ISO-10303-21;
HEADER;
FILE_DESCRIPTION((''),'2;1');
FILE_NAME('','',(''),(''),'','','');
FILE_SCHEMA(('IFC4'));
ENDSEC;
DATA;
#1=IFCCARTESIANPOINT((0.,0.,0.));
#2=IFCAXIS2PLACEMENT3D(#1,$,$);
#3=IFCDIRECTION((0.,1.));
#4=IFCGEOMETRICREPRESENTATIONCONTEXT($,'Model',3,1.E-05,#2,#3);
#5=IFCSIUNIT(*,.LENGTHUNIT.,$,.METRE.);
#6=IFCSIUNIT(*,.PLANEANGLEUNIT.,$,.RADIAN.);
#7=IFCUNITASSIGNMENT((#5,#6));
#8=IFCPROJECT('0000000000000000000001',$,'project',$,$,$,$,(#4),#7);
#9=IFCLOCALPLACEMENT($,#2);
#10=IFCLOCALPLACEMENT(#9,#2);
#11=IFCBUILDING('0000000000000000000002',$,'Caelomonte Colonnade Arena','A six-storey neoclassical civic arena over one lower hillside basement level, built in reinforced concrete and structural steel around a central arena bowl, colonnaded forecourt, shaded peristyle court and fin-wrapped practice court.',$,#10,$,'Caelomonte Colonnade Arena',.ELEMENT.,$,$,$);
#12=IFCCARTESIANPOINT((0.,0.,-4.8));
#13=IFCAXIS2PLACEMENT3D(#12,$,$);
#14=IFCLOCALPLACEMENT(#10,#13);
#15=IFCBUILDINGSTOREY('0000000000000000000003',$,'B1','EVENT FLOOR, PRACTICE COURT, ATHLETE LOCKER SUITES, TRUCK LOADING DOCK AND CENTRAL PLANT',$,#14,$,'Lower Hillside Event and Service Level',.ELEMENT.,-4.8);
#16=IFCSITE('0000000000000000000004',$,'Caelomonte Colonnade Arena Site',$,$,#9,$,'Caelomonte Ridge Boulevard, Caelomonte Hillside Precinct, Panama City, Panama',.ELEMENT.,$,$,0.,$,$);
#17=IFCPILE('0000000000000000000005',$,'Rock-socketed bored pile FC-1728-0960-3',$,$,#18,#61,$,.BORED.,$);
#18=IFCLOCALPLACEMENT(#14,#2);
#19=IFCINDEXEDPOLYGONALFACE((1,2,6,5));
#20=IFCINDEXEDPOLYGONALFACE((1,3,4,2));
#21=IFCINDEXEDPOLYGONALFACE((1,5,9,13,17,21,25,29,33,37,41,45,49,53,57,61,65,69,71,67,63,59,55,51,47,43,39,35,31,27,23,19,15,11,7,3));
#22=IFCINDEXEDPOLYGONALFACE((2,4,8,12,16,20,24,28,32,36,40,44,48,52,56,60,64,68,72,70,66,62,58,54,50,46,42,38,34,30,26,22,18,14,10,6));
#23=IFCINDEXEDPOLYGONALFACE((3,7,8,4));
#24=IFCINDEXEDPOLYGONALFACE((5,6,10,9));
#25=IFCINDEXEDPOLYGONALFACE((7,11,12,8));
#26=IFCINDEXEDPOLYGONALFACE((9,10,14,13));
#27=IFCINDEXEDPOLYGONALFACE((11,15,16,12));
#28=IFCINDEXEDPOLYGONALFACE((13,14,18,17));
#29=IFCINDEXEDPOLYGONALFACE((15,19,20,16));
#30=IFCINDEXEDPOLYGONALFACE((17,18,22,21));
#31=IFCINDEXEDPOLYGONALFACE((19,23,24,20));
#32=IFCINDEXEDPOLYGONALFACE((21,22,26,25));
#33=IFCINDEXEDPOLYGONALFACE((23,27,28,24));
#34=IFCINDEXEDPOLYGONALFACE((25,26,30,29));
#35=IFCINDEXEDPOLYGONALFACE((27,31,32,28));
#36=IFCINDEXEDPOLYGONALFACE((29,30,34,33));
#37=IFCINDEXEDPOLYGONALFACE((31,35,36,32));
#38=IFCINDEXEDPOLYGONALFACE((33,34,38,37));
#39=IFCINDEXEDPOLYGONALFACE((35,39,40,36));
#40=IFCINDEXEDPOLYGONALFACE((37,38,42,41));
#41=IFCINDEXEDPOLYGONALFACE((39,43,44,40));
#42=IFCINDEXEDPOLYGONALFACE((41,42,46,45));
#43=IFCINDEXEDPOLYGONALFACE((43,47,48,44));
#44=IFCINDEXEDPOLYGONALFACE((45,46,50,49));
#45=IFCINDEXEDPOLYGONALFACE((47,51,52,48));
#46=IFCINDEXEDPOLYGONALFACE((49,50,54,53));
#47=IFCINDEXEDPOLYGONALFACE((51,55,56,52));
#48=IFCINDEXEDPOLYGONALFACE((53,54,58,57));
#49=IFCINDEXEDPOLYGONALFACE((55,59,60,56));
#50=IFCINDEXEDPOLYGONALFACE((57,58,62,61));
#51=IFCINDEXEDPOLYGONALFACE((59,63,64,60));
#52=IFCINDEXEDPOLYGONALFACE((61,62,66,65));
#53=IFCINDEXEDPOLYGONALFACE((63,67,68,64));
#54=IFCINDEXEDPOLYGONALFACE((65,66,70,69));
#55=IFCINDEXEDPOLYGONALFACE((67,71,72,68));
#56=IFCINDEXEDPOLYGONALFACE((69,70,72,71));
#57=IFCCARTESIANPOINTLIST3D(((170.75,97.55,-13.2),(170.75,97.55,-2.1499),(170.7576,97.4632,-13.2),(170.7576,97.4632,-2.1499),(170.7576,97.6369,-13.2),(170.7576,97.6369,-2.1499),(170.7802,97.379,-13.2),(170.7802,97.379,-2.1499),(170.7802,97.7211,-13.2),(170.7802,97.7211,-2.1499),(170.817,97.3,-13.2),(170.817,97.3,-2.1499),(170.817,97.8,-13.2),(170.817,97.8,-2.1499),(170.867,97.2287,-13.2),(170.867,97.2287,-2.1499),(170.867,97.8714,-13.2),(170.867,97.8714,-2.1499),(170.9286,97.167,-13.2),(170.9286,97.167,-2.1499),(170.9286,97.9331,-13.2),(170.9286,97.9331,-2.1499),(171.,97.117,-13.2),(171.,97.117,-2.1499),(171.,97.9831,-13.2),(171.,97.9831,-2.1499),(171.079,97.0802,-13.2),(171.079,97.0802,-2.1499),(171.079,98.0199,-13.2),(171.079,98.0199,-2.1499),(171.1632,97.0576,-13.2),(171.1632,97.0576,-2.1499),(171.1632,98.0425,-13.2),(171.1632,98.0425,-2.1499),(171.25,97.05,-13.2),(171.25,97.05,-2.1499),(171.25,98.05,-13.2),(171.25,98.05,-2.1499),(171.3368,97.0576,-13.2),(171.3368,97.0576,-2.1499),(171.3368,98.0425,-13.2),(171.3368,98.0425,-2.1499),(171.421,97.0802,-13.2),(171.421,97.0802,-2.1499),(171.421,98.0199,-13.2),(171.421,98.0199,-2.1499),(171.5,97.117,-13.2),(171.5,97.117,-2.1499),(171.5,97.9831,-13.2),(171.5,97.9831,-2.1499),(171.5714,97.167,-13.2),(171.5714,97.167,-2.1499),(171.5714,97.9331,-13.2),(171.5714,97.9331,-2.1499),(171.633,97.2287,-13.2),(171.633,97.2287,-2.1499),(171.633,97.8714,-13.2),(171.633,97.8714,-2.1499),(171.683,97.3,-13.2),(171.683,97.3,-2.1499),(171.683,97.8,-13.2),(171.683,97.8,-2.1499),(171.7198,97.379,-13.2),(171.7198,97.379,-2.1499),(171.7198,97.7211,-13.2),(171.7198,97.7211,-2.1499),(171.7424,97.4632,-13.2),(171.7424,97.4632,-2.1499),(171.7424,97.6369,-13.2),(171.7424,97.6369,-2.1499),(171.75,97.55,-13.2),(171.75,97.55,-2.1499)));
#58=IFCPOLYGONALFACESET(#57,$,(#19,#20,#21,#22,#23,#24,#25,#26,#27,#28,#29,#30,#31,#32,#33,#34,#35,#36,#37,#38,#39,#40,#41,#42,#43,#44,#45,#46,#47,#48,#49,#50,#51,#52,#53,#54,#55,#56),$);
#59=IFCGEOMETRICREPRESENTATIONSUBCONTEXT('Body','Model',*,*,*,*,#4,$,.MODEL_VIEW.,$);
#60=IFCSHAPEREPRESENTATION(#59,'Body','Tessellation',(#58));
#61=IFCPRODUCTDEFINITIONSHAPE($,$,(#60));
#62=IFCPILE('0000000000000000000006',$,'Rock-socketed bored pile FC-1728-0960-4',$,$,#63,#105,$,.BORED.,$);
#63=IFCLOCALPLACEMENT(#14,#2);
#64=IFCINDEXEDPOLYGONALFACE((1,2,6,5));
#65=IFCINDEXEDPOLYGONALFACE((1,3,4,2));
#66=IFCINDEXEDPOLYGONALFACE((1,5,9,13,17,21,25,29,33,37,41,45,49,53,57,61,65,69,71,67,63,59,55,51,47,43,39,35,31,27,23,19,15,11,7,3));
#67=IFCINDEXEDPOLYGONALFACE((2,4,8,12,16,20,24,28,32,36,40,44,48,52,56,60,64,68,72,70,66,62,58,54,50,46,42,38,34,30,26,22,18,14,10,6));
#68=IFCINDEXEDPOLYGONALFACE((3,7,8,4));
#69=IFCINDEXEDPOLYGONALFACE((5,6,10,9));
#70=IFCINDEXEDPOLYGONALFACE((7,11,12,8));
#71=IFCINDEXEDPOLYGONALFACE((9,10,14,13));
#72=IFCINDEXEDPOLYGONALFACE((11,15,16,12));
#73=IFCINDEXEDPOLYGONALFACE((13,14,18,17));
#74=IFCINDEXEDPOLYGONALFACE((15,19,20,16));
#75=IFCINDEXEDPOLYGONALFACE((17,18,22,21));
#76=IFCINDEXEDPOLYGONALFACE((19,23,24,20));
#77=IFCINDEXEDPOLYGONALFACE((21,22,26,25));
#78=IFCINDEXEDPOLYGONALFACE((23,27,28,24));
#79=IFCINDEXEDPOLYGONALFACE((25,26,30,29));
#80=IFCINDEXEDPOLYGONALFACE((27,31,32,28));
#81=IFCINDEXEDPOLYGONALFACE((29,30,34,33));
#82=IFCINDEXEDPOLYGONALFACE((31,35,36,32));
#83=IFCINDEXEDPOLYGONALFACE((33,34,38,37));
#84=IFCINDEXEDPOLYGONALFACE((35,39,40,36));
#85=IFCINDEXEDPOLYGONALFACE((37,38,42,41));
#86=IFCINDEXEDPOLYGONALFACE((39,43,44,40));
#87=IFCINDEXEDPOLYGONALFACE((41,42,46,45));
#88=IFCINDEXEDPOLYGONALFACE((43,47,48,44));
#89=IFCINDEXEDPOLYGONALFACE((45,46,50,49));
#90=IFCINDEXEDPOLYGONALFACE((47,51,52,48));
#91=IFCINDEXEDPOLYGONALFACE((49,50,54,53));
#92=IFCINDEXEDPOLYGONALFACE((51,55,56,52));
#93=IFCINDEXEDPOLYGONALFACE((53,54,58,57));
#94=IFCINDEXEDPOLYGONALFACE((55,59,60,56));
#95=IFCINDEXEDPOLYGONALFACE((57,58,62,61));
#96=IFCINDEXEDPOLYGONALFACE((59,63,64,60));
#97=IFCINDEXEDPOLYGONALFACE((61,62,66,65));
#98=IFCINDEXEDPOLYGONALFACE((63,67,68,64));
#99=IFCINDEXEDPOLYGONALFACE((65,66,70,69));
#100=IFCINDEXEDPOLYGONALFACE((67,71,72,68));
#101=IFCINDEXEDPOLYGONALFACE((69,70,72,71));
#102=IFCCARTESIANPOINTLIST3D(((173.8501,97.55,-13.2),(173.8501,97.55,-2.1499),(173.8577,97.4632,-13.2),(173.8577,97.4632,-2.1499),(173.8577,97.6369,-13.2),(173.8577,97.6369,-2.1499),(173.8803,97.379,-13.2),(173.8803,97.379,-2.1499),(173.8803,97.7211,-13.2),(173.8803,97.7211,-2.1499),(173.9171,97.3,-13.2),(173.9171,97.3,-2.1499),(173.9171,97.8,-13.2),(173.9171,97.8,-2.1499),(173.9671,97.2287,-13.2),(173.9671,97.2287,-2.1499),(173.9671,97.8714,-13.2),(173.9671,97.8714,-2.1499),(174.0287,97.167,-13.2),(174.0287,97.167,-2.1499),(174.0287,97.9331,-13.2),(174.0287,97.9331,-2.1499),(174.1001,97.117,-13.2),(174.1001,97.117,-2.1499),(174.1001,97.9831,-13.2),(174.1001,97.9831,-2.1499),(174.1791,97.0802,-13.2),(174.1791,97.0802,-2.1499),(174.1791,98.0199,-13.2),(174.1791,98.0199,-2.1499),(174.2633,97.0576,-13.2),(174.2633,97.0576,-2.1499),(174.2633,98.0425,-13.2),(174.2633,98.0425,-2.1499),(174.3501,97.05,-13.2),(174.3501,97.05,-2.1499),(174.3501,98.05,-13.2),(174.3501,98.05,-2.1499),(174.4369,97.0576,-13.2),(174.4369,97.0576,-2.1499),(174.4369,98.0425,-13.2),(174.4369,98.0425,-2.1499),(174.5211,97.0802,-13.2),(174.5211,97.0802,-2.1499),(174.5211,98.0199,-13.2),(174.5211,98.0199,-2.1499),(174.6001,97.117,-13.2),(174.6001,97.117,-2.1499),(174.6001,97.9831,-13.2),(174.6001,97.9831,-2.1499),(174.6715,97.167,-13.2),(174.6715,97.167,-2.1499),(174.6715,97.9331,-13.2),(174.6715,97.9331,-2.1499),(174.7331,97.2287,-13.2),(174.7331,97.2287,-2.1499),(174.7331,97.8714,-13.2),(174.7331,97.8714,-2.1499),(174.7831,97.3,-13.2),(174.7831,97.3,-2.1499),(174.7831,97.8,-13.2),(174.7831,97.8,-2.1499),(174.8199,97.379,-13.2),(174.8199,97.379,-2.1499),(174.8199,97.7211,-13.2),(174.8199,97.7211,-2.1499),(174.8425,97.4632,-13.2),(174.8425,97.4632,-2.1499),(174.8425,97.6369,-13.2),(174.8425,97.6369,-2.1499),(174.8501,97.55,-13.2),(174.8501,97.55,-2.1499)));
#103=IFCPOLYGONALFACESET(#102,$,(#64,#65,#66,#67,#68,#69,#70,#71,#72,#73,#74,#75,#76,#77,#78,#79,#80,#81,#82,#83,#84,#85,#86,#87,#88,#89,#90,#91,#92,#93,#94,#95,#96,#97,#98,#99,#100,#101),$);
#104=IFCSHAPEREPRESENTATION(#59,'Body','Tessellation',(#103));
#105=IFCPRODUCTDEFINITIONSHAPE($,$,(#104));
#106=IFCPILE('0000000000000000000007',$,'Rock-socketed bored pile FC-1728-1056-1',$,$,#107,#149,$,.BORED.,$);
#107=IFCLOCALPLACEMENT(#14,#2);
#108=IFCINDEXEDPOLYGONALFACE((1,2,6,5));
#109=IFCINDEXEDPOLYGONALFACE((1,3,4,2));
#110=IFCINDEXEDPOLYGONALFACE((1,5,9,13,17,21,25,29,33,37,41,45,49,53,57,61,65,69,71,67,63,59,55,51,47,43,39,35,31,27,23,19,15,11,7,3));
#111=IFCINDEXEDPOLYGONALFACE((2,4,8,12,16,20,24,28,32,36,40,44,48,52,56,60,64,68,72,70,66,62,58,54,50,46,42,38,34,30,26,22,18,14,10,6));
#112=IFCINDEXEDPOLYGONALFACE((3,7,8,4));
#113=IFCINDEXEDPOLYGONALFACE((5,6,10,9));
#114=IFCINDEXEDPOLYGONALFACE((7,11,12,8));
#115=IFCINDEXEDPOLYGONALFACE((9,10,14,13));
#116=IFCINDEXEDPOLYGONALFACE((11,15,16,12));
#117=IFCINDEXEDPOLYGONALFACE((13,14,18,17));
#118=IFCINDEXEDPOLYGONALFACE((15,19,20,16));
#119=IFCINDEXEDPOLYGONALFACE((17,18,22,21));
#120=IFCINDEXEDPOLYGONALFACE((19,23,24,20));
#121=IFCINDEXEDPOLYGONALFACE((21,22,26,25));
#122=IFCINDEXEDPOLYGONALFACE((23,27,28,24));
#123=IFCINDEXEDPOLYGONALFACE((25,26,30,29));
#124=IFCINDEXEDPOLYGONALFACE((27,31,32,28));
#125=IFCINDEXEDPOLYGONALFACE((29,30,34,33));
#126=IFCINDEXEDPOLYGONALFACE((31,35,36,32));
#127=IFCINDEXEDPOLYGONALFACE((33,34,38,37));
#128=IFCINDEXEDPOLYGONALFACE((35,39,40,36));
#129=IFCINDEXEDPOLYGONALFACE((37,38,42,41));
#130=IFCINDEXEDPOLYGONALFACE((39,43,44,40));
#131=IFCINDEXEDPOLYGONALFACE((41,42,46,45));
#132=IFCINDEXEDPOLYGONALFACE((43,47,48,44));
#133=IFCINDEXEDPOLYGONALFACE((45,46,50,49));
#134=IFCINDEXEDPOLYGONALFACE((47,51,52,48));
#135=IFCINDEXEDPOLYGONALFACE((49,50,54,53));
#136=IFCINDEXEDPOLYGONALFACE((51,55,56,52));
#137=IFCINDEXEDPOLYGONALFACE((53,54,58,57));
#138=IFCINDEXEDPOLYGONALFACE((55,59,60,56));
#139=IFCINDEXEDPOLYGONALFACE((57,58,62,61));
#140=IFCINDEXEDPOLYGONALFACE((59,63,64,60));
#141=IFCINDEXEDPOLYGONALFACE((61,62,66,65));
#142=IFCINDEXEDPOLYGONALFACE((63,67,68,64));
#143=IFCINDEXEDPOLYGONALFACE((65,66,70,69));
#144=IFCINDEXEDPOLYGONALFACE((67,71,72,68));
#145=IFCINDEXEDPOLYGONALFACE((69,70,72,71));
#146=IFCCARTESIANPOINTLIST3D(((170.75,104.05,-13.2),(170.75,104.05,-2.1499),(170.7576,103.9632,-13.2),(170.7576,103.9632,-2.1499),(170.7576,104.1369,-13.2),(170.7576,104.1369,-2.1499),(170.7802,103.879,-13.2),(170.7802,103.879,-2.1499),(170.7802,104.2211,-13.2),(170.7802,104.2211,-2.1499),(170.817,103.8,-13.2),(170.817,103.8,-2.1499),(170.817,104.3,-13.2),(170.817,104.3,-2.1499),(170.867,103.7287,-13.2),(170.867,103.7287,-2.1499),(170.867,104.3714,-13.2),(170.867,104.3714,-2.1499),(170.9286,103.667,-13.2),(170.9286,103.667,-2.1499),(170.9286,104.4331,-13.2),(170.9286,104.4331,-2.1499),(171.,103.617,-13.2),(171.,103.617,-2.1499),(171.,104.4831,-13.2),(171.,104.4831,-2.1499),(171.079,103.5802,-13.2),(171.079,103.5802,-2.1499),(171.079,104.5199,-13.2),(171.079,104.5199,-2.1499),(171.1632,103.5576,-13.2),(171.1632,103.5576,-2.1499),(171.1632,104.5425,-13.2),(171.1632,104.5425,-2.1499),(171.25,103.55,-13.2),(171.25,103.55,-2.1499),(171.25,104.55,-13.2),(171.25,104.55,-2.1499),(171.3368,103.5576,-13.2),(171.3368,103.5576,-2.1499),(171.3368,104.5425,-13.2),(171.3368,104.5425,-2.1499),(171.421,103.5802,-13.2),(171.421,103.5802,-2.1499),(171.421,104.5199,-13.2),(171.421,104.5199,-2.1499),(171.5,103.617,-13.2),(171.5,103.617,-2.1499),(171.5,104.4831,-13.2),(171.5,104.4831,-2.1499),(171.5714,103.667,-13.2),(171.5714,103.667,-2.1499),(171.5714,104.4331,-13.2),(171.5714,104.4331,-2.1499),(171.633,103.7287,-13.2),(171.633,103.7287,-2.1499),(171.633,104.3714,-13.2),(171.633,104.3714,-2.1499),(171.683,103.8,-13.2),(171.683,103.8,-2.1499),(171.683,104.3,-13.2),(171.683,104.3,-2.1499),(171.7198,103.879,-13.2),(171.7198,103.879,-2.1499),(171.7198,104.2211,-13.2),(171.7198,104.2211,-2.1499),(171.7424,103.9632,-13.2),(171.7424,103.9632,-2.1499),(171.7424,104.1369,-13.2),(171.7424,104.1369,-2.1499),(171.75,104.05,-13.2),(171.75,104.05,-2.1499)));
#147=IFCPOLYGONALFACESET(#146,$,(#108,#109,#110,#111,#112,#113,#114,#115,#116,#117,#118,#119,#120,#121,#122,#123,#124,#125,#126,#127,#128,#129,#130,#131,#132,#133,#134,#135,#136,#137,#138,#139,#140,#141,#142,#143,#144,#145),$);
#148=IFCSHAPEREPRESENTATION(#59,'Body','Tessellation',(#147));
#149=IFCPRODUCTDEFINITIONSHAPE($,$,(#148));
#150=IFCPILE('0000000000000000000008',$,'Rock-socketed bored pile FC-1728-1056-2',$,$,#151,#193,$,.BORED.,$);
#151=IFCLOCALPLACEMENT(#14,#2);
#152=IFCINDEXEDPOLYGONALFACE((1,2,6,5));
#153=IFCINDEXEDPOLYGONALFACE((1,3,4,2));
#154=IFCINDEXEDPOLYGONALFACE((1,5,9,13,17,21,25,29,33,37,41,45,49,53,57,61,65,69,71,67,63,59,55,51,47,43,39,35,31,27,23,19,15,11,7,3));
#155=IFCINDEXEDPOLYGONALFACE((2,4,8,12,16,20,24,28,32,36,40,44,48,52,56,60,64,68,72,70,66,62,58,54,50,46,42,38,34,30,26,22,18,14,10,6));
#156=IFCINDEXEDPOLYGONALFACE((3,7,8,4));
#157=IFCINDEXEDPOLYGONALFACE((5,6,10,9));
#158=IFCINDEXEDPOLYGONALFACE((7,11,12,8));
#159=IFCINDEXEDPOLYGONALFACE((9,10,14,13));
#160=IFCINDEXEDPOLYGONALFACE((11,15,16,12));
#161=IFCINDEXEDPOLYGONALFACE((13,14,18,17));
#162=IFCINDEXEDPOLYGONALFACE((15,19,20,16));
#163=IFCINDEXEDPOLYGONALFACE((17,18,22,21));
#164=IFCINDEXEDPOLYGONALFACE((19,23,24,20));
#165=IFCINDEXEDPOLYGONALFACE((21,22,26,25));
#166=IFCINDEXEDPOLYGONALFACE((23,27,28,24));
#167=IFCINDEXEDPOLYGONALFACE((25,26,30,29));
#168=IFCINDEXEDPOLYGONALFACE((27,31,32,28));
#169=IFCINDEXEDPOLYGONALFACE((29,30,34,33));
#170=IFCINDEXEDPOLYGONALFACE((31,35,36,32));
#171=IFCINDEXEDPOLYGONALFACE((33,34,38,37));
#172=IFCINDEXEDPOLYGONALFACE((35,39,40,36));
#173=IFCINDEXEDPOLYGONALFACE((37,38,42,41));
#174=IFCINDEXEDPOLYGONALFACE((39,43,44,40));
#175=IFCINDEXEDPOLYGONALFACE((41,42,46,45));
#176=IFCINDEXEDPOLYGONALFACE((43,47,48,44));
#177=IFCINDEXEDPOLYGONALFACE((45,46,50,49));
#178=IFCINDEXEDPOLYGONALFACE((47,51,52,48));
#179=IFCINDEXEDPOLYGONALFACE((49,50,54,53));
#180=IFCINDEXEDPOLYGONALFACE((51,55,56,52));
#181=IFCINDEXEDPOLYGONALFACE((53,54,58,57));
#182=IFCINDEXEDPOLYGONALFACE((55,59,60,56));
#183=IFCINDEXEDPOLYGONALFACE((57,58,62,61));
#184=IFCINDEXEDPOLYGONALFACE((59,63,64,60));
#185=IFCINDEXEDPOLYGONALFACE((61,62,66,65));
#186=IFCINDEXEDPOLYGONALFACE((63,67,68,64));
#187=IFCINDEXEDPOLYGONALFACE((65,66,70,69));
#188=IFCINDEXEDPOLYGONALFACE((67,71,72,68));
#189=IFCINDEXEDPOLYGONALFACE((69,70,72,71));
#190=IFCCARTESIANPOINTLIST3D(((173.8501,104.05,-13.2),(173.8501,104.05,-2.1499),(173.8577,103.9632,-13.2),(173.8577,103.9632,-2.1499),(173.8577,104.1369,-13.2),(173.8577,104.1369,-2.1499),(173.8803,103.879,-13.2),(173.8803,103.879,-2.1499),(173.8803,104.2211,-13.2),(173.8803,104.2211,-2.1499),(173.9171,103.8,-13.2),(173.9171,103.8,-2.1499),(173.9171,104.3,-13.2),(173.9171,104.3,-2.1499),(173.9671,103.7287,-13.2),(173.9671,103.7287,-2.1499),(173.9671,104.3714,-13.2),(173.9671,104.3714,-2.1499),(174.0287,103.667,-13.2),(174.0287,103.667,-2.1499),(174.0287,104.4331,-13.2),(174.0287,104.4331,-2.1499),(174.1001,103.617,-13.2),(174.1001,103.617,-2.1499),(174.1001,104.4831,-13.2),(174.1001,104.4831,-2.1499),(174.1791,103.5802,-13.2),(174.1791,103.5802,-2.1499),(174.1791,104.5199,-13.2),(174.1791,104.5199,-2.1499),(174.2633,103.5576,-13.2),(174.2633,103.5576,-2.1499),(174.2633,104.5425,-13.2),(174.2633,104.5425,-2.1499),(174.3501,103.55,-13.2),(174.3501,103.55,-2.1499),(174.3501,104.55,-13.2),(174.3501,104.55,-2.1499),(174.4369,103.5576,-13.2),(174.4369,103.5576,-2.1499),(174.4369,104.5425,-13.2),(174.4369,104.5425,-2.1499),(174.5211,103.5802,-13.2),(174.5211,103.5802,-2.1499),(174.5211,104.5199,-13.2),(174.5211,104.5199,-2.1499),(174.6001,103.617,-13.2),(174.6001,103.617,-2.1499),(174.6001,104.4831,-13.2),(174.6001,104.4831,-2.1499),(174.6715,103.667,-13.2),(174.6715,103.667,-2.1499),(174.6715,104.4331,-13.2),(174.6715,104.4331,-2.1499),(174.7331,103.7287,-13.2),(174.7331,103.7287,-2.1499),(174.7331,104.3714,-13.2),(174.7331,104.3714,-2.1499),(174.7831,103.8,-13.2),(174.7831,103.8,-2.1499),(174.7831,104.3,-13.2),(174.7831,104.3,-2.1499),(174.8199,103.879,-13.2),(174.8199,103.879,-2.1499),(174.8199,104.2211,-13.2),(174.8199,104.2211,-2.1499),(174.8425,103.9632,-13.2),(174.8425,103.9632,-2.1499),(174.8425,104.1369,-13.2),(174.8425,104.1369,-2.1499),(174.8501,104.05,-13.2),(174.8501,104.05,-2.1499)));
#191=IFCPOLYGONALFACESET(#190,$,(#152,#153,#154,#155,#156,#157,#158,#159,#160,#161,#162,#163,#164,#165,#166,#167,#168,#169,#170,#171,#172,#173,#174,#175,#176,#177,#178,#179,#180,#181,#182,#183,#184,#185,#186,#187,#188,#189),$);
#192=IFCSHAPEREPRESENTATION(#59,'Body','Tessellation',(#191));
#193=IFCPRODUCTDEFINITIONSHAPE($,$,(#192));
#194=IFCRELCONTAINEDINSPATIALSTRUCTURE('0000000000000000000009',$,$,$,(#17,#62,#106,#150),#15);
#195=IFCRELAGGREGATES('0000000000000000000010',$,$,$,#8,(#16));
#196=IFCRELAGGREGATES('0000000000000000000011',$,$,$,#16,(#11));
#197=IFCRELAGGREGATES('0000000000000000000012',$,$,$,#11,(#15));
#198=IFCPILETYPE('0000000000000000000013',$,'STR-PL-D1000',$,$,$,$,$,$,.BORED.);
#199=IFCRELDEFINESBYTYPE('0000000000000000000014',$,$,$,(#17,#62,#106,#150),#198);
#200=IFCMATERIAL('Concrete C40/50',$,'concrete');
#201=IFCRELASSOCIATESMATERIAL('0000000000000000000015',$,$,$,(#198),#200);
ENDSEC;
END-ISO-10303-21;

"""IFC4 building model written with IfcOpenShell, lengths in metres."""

from ifc_helpers import new_model, si_unit, direction, frame, origin, origin_2d, place, context, subcontext, project, spatial, circle, extrude, material, material_profile, profile_set, type_object, element, save


model = new_model("IFC4")

# Units and contexts
model_context = context("Model", 3, precision=1e-05, world=origin(), true_north=direction((0.0, 1.0)))
body_context = subcontext(model_context, "Body", "Model", "MODEL_VIEW")
ifc_project = project(units=[si_unit("LENGTHUNIT", "METRE"), si_unit("PLANEANGLEUNIT", "RADIAN")], contexts=[model_context])

# Site, building, storey
site_placement = place(None, origin())
site = spatial("IfcSite", under=ifc_project, at=site_placement, Name="Caelomonte Colonnade Arena Site", LongName="Caelomonte Ridge Boulevard, Caelomonte Hillside Precinct, Panama City, Panama", CompositionType="ELEMENT", RefElevation=0.0)
building_placement = place(site_placement, origin())
building = spatial("IfcBuilding", under=site, at=building_placement, Name="Caelomonte Colonnade Arena", Description="A six-storey neoclassical civic arena over one lower hillside basement level, built in reinforced concrete and structural steel around a central arena bowl, colonnaded forecourt, shaded peristyle court and fin-wrapped practice court.", LongName="Caelomonte Colonnade Arena", CompositionType="ELEMENT")
storey_placement = place(building_placement, frame((0.0, 0.0, -4.8)))
storey = spatial("IfcBuildingStorey", under=building, at=storey_placement, Name="B1", Description="EVENT FLOOR, PRACTICE COURT, ATHLETE LOCKER SUITES, TRUCK LOADING DOCK AND CENTRAL PLANT", LongName="Lower Hillside Event and Service Level", CompositionType="ELEMENT", Elevation=-4.8)

# Shared definitions
ifc_material_1 = material(Name="Concrete C40/50", Category="concrete")

# Piles
ifc_material_profile_1 = material_profile(ifc_material_1, circle(Radius=0.5, at=origin_2d()), Name="PILE-D1000")
ifc_profile_set_1 = profile_set([ifc_material_profile_1], Name="Concrete C40/50")
pile_type_1 = type_object("IfcPileType", Name="STR-PL-D1000", PredefinedType="BORED", material=ifc_profile_set_1)
for number, where, z_axis, x_axis, name in (
    (1, (171.25, 97.55, -2.1499), (0.0, 0.0, -1.0), (1.0, 0.0, 0.0), "Rock-socketed bored pile FC-1728-0960-3"),
    (2, (174.3501, 97.55, -2.1499), (0.0, 0.0, -1.0), (1.0, 0.0, 0.0), "Rock-socketed bored pile FC-1728-0960-4"),
    (3, (171.25, 104.05, -2.1499), (0.0, 0.0, -1.0), (1.0, 0.0, 0.0), "Rock-socketed bored pile FC-1728-1056-1"),
    (4, (174.3501, 104.05, -2.1499), (0.0, 0.0, -1.0), (1.0, 0.0, 0.0), "Rock-socketed bored pile FC-1728-1056-2"),
):
    element("IfcPile", number, at=place(storey_placement, frame(where, z_axis=z_axis, x_axis=x_axis)), inside=storey, type_object=pile_type_1, Name=name, PredefinedType="BORED", context=body_context, shape_type="SweptSolid", body=[
        extrude(circle(Radius=0.5, at=origin_2d()), origin(), (0.0, 0.0, 1.0), 11.05),
    ])

save(model, "model.ifc")
